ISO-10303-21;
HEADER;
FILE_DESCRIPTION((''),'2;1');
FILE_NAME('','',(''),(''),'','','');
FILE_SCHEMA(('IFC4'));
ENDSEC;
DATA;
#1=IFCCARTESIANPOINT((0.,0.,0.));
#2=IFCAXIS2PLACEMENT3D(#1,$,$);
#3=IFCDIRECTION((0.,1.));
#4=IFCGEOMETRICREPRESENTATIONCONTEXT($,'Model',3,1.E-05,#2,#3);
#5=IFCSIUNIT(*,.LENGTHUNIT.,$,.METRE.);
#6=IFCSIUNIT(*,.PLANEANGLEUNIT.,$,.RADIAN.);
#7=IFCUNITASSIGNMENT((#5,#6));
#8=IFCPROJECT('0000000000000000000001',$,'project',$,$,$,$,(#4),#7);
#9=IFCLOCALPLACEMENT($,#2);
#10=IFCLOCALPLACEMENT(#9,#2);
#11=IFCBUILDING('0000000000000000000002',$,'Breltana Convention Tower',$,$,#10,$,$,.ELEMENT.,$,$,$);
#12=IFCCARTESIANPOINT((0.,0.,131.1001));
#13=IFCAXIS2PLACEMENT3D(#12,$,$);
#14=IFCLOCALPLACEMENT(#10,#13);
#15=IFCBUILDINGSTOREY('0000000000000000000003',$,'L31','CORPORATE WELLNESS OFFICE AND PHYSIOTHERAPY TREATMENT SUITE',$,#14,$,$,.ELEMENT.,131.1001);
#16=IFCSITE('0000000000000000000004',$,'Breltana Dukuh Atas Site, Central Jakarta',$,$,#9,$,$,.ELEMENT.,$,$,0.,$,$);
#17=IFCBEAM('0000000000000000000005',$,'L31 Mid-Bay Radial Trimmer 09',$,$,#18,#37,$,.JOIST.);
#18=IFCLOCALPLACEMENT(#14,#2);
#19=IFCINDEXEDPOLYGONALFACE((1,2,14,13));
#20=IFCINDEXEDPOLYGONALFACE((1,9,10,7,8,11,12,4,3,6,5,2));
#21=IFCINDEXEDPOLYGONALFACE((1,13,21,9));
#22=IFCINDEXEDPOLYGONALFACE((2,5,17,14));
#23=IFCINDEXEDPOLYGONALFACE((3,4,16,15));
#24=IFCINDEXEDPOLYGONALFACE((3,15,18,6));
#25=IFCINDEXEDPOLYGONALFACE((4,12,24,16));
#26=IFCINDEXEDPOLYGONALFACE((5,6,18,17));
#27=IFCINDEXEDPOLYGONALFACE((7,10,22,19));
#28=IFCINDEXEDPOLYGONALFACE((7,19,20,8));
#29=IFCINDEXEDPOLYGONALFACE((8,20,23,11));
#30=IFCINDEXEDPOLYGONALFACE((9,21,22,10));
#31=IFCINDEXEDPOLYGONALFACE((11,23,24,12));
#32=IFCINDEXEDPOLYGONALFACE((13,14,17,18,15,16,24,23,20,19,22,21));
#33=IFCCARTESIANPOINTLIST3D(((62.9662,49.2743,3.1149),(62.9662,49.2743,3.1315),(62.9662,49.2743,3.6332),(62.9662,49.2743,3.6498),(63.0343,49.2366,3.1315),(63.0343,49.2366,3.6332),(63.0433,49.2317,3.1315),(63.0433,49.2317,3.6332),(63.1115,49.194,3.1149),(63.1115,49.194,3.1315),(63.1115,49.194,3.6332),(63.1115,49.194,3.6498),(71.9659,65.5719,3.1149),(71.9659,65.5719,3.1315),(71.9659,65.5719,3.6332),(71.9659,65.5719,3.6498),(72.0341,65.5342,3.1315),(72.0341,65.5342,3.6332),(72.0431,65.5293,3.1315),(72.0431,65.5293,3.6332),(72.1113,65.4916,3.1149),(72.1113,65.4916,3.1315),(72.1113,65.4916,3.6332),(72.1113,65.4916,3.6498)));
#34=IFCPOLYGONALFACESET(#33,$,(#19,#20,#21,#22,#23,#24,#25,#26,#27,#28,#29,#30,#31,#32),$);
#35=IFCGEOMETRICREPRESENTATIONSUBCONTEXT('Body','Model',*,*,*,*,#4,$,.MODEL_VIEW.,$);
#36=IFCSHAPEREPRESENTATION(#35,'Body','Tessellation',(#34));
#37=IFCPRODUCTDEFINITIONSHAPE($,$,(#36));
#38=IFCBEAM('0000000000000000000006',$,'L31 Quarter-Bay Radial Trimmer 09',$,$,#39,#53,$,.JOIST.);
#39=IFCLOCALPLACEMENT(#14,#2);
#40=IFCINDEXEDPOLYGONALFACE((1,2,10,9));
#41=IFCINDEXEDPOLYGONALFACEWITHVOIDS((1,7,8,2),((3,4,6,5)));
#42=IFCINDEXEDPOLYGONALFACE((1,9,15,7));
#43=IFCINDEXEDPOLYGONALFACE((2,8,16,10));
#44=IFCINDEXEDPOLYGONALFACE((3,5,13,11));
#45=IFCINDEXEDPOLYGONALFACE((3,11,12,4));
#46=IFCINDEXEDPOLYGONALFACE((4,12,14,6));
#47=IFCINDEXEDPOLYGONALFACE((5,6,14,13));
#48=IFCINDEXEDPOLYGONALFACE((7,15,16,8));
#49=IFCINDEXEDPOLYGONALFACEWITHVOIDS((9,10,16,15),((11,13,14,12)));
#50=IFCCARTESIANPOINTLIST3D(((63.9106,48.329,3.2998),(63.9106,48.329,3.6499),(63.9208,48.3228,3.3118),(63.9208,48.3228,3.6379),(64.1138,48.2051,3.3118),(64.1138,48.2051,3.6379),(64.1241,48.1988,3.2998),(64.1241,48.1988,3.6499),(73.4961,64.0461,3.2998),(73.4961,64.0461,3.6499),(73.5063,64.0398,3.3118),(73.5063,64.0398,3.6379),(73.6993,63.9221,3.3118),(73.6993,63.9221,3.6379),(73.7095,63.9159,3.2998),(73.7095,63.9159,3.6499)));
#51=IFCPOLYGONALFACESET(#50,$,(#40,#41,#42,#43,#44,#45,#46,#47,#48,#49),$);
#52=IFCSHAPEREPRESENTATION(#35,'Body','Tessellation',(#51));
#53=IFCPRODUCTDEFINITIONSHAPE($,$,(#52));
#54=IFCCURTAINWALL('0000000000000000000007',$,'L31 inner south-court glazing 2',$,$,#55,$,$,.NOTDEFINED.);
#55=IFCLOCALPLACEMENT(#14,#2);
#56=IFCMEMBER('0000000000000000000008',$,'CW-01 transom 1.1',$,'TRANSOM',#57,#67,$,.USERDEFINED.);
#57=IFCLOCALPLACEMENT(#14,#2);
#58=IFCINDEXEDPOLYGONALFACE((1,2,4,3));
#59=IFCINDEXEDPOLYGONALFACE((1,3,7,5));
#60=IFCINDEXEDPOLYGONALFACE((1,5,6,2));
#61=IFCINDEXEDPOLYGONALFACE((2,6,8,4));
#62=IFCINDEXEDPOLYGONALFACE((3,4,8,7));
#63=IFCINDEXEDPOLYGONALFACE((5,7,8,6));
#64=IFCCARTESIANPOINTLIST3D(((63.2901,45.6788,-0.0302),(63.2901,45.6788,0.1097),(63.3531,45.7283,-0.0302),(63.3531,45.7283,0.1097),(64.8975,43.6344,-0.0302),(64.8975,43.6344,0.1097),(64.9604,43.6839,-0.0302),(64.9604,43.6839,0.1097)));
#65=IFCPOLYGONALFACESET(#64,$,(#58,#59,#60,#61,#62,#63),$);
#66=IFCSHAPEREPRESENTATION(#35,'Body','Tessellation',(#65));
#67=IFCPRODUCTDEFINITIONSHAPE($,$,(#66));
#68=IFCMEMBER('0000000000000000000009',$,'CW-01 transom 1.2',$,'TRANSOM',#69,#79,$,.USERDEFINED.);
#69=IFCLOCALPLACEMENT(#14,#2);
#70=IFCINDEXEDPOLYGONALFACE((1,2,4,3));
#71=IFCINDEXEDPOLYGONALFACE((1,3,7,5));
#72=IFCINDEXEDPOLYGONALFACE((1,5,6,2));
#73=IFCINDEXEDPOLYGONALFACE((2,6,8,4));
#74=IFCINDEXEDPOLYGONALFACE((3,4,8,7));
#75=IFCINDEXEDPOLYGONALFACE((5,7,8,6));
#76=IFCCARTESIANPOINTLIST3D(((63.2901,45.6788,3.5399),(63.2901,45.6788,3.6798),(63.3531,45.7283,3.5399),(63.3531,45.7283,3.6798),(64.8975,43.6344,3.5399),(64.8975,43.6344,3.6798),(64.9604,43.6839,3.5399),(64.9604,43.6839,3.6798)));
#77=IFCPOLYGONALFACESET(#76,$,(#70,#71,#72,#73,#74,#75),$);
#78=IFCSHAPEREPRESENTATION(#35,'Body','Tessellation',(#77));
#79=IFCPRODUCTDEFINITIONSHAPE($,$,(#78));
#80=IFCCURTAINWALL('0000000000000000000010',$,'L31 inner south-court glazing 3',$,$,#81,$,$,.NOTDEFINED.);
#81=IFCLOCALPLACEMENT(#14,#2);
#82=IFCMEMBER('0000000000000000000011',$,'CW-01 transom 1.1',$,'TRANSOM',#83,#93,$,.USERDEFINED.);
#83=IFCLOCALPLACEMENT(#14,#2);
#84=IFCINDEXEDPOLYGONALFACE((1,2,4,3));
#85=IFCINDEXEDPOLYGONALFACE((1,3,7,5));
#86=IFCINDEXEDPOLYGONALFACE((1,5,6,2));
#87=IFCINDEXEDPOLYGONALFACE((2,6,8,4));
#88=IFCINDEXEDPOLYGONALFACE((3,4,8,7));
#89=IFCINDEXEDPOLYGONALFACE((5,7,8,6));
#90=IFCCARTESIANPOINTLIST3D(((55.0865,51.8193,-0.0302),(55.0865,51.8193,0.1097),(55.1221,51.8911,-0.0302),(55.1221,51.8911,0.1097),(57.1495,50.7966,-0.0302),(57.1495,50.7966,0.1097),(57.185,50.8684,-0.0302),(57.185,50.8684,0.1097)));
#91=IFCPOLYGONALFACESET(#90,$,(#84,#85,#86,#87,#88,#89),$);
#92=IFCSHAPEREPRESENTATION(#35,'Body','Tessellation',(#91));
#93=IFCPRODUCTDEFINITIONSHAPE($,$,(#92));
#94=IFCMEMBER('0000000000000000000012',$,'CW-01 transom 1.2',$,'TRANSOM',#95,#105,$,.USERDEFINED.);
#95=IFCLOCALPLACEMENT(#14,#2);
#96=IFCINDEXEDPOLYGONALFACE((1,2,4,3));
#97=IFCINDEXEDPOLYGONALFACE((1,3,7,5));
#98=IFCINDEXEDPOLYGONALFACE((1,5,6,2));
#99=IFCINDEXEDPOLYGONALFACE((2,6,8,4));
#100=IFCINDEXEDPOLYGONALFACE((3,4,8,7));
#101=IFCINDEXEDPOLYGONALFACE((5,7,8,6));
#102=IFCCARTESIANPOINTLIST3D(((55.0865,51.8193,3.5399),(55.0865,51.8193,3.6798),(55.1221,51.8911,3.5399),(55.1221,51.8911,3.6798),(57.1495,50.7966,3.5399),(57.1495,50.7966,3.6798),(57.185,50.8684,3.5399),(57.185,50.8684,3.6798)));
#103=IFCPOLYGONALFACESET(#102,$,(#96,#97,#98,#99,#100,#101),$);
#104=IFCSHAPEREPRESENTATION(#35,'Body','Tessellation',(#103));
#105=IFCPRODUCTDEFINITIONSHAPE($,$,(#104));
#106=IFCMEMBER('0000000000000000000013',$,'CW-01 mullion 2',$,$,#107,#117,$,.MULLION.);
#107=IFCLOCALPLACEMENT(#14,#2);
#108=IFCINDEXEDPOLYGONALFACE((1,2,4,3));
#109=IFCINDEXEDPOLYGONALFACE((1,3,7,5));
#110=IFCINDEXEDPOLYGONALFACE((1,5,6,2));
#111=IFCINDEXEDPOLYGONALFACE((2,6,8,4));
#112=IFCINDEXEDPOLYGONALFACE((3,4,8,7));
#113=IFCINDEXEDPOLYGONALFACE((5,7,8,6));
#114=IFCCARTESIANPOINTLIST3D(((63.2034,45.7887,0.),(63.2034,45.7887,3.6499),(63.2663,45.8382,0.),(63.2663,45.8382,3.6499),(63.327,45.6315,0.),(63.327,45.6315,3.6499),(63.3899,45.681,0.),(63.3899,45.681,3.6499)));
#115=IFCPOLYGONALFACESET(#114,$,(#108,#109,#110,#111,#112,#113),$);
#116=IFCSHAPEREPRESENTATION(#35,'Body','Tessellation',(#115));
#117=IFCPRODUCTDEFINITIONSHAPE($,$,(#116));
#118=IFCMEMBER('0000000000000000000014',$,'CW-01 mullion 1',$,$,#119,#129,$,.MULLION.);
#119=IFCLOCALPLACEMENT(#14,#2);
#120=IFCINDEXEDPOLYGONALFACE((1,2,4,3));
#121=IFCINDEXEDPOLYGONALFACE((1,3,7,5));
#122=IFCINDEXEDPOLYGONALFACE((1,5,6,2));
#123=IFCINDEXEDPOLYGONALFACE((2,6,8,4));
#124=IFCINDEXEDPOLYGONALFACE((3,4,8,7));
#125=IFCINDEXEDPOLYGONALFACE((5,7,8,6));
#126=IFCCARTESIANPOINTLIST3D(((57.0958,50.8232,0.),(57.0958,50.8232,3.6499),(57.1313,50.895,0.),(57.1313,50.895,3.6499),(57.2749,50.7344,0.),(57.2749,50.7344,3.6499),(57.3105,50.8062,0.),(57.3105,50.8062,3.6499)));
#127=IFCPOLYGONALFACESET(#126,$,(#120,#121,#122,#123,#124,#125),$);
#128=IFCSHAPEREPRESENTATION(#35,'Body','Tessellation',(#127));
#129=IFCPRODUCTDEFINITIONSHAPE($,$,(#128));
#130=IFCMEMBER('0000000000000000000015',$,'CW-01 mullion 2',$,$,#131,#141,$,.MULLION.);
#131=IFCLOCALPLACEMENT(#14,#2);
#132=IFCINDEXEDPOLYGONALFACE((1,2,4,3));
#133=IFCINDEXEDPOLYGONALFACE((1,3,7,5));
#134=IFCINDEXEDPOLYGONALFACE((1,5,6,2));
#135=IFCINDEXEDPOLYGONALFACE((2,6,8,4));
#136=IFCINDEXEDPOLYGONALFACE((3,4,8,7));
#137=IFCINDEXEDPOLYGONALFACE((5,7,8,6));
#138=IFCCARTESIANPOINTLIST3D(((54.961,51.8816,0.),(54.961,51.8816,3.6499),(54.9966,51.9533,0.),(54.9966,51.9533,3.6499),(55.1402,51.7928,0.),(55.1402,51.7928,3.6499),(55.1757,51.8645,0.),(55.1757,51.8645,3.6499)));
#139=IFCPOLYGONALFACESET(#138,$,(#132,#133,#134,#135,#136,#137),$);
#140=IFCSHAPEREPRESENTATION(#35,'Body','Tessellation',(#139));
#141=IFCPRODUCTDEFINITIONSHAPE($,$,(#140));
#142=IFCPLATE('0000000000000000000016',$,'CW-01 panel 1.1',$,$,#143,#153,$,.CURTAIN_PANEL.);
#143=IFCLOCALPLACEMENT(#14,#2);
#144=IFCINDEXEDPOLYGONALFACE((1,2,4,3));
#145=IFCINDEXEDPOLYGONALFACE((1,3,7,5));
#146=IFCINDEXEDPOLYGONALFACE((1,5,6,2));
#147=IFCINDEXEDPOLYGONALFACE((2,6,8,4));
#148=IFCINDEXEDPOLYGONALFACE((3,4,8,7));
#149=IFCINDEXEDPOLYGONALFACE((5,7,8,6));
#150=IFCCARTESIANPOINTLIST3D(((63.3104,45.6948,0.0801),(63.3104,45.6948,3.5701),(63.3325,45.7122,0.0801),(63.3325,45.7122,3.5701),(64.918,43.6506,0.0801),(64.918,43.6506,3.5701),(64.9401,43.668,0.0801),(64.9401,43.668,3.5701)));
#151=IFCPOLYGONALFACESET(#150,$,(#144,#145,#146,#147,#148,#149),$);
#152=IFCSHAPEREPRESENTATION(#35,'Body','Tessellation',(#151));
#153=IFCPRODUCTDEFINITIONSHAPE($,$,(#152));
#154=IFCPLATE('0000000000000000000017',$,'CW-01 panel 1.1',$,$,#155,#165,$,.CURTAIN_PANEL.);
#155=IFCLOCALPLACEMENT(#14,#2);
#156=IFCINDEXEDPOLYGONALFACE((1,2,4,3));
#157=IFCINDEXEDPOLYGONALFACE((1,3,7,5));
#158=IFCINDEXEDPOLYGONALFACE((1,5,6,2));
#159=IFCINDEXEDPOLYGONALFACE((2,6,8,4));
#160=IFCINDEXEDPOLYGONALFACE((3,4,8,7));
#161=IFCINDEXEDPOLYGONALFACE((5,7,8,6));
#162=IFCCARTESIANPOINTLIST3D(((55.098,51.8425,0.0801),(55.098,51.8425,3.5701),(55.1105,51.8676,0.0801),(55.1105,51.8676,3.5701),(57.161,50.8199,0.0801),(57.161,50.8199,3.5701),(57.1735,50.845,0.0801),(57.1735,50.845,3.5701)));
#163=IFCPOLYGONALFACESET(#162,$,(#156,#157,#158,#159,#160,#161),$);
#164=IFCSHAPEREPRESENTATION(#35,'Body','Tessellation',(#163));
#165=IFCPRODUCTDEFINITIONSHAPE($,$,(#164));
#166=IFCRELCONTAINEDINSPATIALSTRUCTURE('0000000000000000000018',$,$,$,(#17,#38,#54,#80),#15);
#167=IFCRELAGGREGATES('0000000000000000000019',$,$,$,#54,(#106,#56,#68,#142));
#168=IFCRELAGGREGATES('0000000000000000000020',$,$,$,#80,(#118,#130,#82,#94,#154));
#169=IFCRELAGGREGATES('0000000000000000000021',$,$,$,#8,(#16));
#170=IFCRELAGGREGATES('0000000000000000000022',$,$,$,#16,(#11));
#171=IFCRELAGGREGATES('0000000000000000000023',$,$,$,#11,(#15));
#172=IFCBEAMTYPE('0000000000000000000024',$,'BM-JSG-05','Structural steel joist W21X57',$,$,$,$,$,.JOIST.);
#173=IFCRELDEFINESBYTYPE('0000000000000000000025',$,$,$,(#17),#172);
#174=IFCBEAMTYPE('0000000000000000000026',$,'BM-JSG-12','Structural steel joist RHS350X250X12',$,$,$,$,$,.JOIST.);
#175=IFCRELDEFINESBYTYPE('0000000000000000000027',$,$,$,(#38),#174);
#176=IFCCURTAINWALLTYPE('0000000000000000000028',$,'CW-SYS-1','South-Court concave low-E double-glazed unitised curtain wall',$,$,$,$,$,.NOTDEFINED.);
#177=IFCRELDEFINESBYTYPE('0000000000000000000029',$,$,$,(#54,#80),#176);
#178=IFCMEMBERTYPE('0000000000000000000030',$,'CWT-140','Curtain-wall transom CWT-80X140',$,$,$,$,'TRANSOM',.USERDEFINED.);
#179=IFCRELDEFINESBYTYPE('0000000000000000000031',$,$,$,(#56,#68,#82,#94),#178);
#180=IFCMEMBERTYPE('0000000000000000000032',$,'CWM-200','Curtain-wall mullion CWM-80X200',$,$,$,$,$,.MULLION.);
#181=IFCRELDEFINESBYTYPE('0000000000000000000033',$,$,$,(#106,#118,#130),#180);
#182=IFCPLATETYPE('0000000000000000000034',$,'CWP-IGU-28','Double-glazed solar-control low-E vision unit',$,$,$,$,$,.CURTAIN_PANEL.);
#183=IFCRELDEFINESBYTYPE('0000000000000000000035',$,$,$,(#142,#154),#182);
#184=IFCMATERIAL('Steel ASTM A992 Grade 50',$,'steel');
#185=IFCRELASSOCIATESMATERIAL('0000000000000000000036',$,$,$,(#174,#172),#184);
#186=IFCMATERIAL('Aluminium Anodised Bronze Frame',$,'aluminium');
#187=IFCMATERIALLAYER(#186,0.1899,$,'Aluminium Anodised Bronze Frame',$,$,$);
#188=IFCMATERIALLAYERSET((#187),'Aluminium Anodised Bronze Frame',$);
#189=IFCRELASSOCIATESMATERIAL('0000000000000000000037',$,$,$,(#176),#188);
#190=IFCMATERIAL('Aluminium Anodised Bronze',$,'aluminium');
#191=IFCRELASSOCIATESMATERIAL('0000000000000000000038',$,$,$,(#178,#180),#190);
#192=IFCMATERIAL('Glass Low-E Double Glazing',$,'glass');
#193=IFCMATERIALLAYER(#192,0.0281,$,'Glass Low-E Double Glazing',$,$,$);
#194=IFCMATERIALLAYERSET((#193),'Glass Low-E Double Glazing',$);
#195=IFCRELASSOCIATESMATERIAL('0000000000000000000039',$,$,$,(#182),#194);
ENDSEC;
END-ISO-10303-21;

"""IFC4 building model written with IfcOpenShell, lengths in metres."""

from ifc_helpers import new_model, si_unit, direction, frame, origin, origin_2d, place, context, subcontext, project, spatial, rectangle, hollow_rectangle, i_section, extrude, source, transform, mapped, material, layer, layer_set, material_profile, profile_set, type_object, element, aggregate, save


model = new_model("IFC4")

# Units and contexts
model_context = context("Model", 3, precision=1e-05, world=origin(), true_north=direction((0.0, 1.0)))
body_context = subcontext(model_context, "Body", "Model", "MODEL_VIEW")
ifc_project = project(units=[si_unit("LENGTHUNIT", "METRE"), si_unit("PLANEANGLEUNIT", "RADIAN")], contexts=[model_context])

# Site, building, storey
site_placement = place(None, origin())
site = spatial("IfcSite", under=ifc_project, at=site_placement, Name="Breltana Dukuh Atas Site, Central Jakarta", CompositionType="ELEMENT", RefElevation=0.0)
building_placement = place(site_placement, origin())
building = spatial("IfcBuilding", under=site, at=building_placement, Name="Breltana Convention Tower", CompositionType="ELEMENT")
storey_placement = place(building_placement, frame((0.0, 0.0, 131.1001)))
storey = spatial("IfcBuildingStorey", under=building, at=storey_placement, Name="L31", Description="CORPORATE WELLNESS OFFICE AND PHYSIOTHERAPY TREATMENT SUITE", CompositionType="ELEMENT", Elevation=131.1001)

# Beams
ifc_material_1 = material(Name="Steel ASTM A992 Grade 50", Category="steel")
ifc_material_profile_1 = material_profile(ifc_material_1, hollow_rectangle(XDim=0.25, YDim=0.3501, WallThickness=0.012, at=origin_2d()), Name="RHS350X250X12")
ifc_profile_set_1 = profile_set([ifc_material_profile_1], Name="Steel ASTM A992 Grade 50")
beam_type_1 = type_object("IfcBeamType", Name="BM-JSG-12", Description="Structural steel joist RHS350X250X12", PredefinedType="JOIST", material=ifc_profile_set_1)
ifc_material_profile_2 = material_profile(ifc_material_1, i_section(OverallWidth=0.166, OverallDepth=0.5349, WebThickness=0.0103, FlangeThickness=0.0166, at=origin_2d()), Name="W21X57")
ifc_profile_set_2 = profile_set([ifc_material_profile_2], Name="Steel ASTM A992 Grade 50")
beam_type_2 = type_object("IfcBeamType", Name="BM-JSG-05", Description="Structural steel joist W21X57", PredefinedType="JOIST", material=ifc_profile_set_2)
shared_shape_1 = source(origin(), body_context, "Body", "SweptSolid", [
    extrude(i_section(OverallWidth=0.166, OverallDepth=0.5349, WebThickness=0.0103, FlangeThickness=0.0166, at=origin_2d()), origin(), (0.0, 0.0, 1.0), 18.6174),
])
beam_1_placement = place(storey_placement, frame((63.0388, 49.2341, 3.3823), z_axis=(0.483406, 0.875396, 0.0), x_axis=(-0.875396, 0.483406, 0.0)))
element("IfcBeam", 1, at=beam_1_placement, inside=storey, type_object=beam_type_2, Name="L31 Mid-Bay Radial Trimmer 09", PredefinedType="JOIST", context=body_context, shape_type="MappedRepresentation", body=[
    mapped(shared_shape_1, transform((0.0, 0.0, 0.0), scale=1.0)),
])
shared_shape_2 = source(origin(), body_context, "Body", "SweptSolid", [
    extrude(hollow_rectangle(XDim=0.25, YDim=0.3501, WallThickness=0.012, at=origin_2d()), origin(), (0.0, 0.0, 1.0), 18.4094),
])
beam_2_placement = place(storey_placement, frame((64.0173, 48.2639, 3.4749), z_axis=(0.520682, 0.853751, 0.0), x_axis=(-0.853751, 0.520682, 0.0)))
element("IfcBeam", 2, at=beam_2_placement, inside=storey, type_object=beam_type_1, Name="L31 Quarter-Bay Radial Trimmer 09", PredefinedType="JOIST", context=body_context, shape_type="MappedRepresentation", body=[
    mapped(shared_shape_2, transform((0.0, 0.0, 0.0), scale=1.0)),
])

# Curtain walls, members
ifc_material_2 = material(Name="Aluminium Anodised Bronze Frame", Category="aluminium")
ifc_layer_1 = layer(ifc_material_2, 0.1899, Name="Aluminium Anodised Bronze Frame")
ifc_layer_set_1 = layer_set([ifc_layer_1], Name="Aluminium Anodised Bronze Frame")
curtain_wall_type = type_object("IfcCurtainWallType", Name="CW-SYS-1", Description="South-Court concave low-E double-glazed unitised curtain wall", PredefinedType="NOTDEFINED", material=ifc_layer_set_1)
curtain_wall_1_placement = place(storey_placement, origin())
curtain_wall_1 = element("IfcCurtainWall", 3, at=curtain_wall_1_placement, inside=storey, type_object=curtain_wall_type, Name="L31 inner south-court glazing 2", PredefinedType="NOTDEFINED")
ifc_material_3 = material(Name="Aluminium Anodised Bronze", Category="aluminium")
ifc_material_profile_3 = material_profile(ifc_material_3, rectangle(XDim=0.0801, YDim=0.1399, at=origin_2d()), Name="CWT-80X140")
ifc_profile_set_3 = profile_set([ifc_material_profile_3], Name="Aluminium Anodised Bronze")
member_type_1 = type_object("IfcMemberType", Name="CWT-140", Description="Curtain-wall transom CWT-80X140", ElementType="TRANSOM", PredefinedType="USERDEFINED", material=ifc_profile_set_3)
shared_shape_3 = source(origin(), body_context, "Body", "SweptSolid", [
    extrude(rectangle(XDim=0.0801, YDim=0.1399, at=origin_2d()), origin(), (0.0, 0.0, 1.0), 2.6006),
])
member_1_placement = place(storey_placement, frame((64.929, 43.6592, 0.0398), z_axis=(-0.618079, 0.786116, 0.0), x_axis=(-0.786116, -0.618079, 0.0)))
member_1 = element("IfcMember", 4, at=member_1_placement, type_object=member_type_1, Name="CW-01 transom 1.1", ObjectType="TRANSOM", PredefinedType="USERDEFINED", context=body_context, shape_type="MappedRepresentation", body=[
    mapped(shared_shape_3, transform((0.0, 0.0, 0.0), scale=1.0)),
])
member_2_placement = place(storey_placement, frame((64.929, 43.6592, 3.6099), z_axis=(-0.618079, 0.786116, 0.0), x_axis=(-0.786116, -0.618079, 0.0)))
member_2 = element("IfcMember", 5, at=member_2_placement, type_object=member_type_1, Name="CW-01 transom 1.2", ObjectType="TRANSOM", PredefinedType="USERDEFINED", context=body_context, shape_type="MappedRepresentation", body=[
    mapped(shared_shape_3, transform((0.0, 0.0, 0.0), scale=1.0)),
])
curtain_wall_2_placement = place(storey_placement, origin())
curtain_wall_2 = element("IfcCurtainWall", 6, at=curtain_wall_2_placement, inside=storey, type_object=curtain_wall_type, Name="L31 inner south-court glazing 3", PredefinedType="NOTDEFINED")
shared_shape_4 = source(origin(), body_context, "Body", "SweptSolid", [
    extrude(rectangle(XDim=0.0801, YDim=0.1399, at=origin_2d()), origin(), (0.0, 0.0, 1.0), 2.3025),
])
member_3_placement = place(storey_placement, frame((57.1672, 50.8325, 0.0398), z_axis=(-0.895949, 0.444157, 0.0), x_axis=(-0.444157, -0.895949, 0.0)))
member_3 = element("IfcMember", 7, at=member_3_placement, type_object=member_type_1, Name="CW-01 transom 1.1", ObjectType="TRANSOM", PredefinedType="USERDEFINED", context=body_context, shape_type="MappedRepresentation", body=[
    mapped(shared_shape_4, transform((0.0, 0.0, 0.0), scale=1.0)),
])
member_4_placement = place(storey_placement, frame((57.1672, 50.8325, 3.6099), z_axis=(-0.895949, 0.444157, 0.0), x_axis=(-0.444157, -0.895949, 0.0)))
member_4 = element("IfcMember", 8, at=member_4_placement, type_object=member_type_1, Name="CW-01 transom 1.2", ObjectType="TRANSOM", PredefinedType="USERDEFINED", context=body_context, shape_type="MappedRepresentation", body=[
    mapped(shared_shape_4, transform((0.0, 0.0, 0.0), scale=1.0)),
])

# Members
ifc_material_profile_4 = material_profile(ifc_material_3, rectangle(XDim=0.0801, YDim=0.2, at=origin_2d()), Name="CWM-80X200")
ifc_profile_set_4 = profile_set([ifc_material_profile_4], Name="Aluminium Anodised Bronze")
member_type_2 = type_object("IfcMemberType", Name="CWM-200", Description="Curtain-wall mullion CWM-80X200", PredefinedType="MULLION", material=ifc_profile_set_4)
shared_shape_5 = source(origin(), body_context, "Body", "SweptSolid", [
    extrude(rectangle(XDim=0.0801, YDim=0.2, at=origin_2d()), origin(), (0.0, 0.0, 1.0), 3.6499),
])
member_5_placement = place(storey_placement, frame((63.2966, 45.7349, 0.0), z_axis=(0.0, 0.0, 1.0), x_axis=(-0.786054, -0.618157, 0.0)))
member_5 = element("IfcMember", 9, at=member_5_placement, type_object=member_type_2, Name="CW-01 mullion 2", PredefinedType="MULLION", context=body_context, shape_type="MappedRepresentation", body=[
    mapped(shared_shape_5, transform((0.0, 0.0, 0.0), scale=1.0)),
])
member_6_placement = place(storey_placement, frame((57.2031, 50.8147, 0.0), z_axis=(0.0, 0.0, 1.0), x_axis=(-0.444125, -0.895965, 0.0)))
member_6 = element("IfcMember", 10, at=member_6_placement, type_object=member_type_2, Name="CW-01 mullion 1", PredefinedType="MULLION", context=body_context, shape_type="MappedRepresentation", body=[
    mapped(shared_shape_5, transform((0.0, 0.0, 0.0), scale=1.0)),
])
member_7_placement = place(storey_placement, frame((55.0684, 51.873, 0.0), z_axis=(0.0, 0.0, 1.0), x_axis=(-0.444125, -0.895965, 0.0)))
member_7 = element("IfcMember", 11, at=member_7_placement, type_object=member_type_2, Name="CW-01 mullion 2", PredefinedType="MULLION", context=body_context, shape_type="MappedRepresentation", body=[
    mapped(shared_shape_5, transform((0.0, 0.0, 0.0), scale=1.0)),
])

# Plates
ifc_material_4 = material(Name="Glass Low-E Double Glazing", Category="glass")
ifc_layer_2 = layer(ifc_material_4, 0.0281, Name="Glass Low-E Double Glazing")
ifc_layer_set_2 = layer_set([ifc_layer_2], Name="Glass Low-E Double Glazing")
plate_type = type_object("IfcPlateType", Name="CWP-IGU-28", Description="Double-glazed solar-control low-E vision unit", PredefinedType="CURTAIN_PANEL", material=ifc_layer_set_2)
shared_shape_6 = source(origin(), body_context, "Body", "SweptSolid", [
    extrude(rectangle(XDim=2.6006, YDim=0.0281, at=origin_2d()), origin(), (0.0, 0.0, 1.0), 3.49),
])
plate_1_placement = place(storey_placement, frame((64.1252, 44.6814, 0.0801), z_axis=(0.0, 0.0, 1.0), x_axis=(-0.618157, 0.786054, 0.0)))
plate_1 = element("IfcPlate", 12, at=plate_1_placement, type_object=plate_type, Name="CW-01 panel 1.1", PredefinedType="CURTAIN_PANEL", context=body_context, shape_type="MappedRepresentation", body=[
    mapped(shared_shape_6, transform((0.0, 0.0, 0.0), scale=1.0)),
])
aggregate(curtain_wall_1, [member_5, member_1, member_2, plate_1])
shared_shape_7 = source(origin(), body_context, "Body", "SweptSolid", [
    extrude(rectangle(XDim=2.3025, YDim=0.0281, at=origin_2d()), origin(), (0.0, 0.0, 1.0), 3.49),
])
plate_2_placement = place(storey_placement, frame((56.1357, 51.3438, 0.0801), z_axis=(0.0, 0.0, 1.0), x_axis=(-0.895965, 0.444125, 0.0)))
plate_2 = element("IfcPlate", 13, at=plate_2_placement, type_object=plate_type, Name="CW-01 panel 1.1", PredefinedType="CURTAIN_PANEL", context=body_context, shape_type="MappedRepresentation", body=[
    mapped(shared_shape_7, transform((0.0, 0.0, 0.0), scale=1.0)),
])
aggregate(curtain_wall_2, [member_6, member_7, member_3, member_4, plate_2])

save(model, "model.ifc")
